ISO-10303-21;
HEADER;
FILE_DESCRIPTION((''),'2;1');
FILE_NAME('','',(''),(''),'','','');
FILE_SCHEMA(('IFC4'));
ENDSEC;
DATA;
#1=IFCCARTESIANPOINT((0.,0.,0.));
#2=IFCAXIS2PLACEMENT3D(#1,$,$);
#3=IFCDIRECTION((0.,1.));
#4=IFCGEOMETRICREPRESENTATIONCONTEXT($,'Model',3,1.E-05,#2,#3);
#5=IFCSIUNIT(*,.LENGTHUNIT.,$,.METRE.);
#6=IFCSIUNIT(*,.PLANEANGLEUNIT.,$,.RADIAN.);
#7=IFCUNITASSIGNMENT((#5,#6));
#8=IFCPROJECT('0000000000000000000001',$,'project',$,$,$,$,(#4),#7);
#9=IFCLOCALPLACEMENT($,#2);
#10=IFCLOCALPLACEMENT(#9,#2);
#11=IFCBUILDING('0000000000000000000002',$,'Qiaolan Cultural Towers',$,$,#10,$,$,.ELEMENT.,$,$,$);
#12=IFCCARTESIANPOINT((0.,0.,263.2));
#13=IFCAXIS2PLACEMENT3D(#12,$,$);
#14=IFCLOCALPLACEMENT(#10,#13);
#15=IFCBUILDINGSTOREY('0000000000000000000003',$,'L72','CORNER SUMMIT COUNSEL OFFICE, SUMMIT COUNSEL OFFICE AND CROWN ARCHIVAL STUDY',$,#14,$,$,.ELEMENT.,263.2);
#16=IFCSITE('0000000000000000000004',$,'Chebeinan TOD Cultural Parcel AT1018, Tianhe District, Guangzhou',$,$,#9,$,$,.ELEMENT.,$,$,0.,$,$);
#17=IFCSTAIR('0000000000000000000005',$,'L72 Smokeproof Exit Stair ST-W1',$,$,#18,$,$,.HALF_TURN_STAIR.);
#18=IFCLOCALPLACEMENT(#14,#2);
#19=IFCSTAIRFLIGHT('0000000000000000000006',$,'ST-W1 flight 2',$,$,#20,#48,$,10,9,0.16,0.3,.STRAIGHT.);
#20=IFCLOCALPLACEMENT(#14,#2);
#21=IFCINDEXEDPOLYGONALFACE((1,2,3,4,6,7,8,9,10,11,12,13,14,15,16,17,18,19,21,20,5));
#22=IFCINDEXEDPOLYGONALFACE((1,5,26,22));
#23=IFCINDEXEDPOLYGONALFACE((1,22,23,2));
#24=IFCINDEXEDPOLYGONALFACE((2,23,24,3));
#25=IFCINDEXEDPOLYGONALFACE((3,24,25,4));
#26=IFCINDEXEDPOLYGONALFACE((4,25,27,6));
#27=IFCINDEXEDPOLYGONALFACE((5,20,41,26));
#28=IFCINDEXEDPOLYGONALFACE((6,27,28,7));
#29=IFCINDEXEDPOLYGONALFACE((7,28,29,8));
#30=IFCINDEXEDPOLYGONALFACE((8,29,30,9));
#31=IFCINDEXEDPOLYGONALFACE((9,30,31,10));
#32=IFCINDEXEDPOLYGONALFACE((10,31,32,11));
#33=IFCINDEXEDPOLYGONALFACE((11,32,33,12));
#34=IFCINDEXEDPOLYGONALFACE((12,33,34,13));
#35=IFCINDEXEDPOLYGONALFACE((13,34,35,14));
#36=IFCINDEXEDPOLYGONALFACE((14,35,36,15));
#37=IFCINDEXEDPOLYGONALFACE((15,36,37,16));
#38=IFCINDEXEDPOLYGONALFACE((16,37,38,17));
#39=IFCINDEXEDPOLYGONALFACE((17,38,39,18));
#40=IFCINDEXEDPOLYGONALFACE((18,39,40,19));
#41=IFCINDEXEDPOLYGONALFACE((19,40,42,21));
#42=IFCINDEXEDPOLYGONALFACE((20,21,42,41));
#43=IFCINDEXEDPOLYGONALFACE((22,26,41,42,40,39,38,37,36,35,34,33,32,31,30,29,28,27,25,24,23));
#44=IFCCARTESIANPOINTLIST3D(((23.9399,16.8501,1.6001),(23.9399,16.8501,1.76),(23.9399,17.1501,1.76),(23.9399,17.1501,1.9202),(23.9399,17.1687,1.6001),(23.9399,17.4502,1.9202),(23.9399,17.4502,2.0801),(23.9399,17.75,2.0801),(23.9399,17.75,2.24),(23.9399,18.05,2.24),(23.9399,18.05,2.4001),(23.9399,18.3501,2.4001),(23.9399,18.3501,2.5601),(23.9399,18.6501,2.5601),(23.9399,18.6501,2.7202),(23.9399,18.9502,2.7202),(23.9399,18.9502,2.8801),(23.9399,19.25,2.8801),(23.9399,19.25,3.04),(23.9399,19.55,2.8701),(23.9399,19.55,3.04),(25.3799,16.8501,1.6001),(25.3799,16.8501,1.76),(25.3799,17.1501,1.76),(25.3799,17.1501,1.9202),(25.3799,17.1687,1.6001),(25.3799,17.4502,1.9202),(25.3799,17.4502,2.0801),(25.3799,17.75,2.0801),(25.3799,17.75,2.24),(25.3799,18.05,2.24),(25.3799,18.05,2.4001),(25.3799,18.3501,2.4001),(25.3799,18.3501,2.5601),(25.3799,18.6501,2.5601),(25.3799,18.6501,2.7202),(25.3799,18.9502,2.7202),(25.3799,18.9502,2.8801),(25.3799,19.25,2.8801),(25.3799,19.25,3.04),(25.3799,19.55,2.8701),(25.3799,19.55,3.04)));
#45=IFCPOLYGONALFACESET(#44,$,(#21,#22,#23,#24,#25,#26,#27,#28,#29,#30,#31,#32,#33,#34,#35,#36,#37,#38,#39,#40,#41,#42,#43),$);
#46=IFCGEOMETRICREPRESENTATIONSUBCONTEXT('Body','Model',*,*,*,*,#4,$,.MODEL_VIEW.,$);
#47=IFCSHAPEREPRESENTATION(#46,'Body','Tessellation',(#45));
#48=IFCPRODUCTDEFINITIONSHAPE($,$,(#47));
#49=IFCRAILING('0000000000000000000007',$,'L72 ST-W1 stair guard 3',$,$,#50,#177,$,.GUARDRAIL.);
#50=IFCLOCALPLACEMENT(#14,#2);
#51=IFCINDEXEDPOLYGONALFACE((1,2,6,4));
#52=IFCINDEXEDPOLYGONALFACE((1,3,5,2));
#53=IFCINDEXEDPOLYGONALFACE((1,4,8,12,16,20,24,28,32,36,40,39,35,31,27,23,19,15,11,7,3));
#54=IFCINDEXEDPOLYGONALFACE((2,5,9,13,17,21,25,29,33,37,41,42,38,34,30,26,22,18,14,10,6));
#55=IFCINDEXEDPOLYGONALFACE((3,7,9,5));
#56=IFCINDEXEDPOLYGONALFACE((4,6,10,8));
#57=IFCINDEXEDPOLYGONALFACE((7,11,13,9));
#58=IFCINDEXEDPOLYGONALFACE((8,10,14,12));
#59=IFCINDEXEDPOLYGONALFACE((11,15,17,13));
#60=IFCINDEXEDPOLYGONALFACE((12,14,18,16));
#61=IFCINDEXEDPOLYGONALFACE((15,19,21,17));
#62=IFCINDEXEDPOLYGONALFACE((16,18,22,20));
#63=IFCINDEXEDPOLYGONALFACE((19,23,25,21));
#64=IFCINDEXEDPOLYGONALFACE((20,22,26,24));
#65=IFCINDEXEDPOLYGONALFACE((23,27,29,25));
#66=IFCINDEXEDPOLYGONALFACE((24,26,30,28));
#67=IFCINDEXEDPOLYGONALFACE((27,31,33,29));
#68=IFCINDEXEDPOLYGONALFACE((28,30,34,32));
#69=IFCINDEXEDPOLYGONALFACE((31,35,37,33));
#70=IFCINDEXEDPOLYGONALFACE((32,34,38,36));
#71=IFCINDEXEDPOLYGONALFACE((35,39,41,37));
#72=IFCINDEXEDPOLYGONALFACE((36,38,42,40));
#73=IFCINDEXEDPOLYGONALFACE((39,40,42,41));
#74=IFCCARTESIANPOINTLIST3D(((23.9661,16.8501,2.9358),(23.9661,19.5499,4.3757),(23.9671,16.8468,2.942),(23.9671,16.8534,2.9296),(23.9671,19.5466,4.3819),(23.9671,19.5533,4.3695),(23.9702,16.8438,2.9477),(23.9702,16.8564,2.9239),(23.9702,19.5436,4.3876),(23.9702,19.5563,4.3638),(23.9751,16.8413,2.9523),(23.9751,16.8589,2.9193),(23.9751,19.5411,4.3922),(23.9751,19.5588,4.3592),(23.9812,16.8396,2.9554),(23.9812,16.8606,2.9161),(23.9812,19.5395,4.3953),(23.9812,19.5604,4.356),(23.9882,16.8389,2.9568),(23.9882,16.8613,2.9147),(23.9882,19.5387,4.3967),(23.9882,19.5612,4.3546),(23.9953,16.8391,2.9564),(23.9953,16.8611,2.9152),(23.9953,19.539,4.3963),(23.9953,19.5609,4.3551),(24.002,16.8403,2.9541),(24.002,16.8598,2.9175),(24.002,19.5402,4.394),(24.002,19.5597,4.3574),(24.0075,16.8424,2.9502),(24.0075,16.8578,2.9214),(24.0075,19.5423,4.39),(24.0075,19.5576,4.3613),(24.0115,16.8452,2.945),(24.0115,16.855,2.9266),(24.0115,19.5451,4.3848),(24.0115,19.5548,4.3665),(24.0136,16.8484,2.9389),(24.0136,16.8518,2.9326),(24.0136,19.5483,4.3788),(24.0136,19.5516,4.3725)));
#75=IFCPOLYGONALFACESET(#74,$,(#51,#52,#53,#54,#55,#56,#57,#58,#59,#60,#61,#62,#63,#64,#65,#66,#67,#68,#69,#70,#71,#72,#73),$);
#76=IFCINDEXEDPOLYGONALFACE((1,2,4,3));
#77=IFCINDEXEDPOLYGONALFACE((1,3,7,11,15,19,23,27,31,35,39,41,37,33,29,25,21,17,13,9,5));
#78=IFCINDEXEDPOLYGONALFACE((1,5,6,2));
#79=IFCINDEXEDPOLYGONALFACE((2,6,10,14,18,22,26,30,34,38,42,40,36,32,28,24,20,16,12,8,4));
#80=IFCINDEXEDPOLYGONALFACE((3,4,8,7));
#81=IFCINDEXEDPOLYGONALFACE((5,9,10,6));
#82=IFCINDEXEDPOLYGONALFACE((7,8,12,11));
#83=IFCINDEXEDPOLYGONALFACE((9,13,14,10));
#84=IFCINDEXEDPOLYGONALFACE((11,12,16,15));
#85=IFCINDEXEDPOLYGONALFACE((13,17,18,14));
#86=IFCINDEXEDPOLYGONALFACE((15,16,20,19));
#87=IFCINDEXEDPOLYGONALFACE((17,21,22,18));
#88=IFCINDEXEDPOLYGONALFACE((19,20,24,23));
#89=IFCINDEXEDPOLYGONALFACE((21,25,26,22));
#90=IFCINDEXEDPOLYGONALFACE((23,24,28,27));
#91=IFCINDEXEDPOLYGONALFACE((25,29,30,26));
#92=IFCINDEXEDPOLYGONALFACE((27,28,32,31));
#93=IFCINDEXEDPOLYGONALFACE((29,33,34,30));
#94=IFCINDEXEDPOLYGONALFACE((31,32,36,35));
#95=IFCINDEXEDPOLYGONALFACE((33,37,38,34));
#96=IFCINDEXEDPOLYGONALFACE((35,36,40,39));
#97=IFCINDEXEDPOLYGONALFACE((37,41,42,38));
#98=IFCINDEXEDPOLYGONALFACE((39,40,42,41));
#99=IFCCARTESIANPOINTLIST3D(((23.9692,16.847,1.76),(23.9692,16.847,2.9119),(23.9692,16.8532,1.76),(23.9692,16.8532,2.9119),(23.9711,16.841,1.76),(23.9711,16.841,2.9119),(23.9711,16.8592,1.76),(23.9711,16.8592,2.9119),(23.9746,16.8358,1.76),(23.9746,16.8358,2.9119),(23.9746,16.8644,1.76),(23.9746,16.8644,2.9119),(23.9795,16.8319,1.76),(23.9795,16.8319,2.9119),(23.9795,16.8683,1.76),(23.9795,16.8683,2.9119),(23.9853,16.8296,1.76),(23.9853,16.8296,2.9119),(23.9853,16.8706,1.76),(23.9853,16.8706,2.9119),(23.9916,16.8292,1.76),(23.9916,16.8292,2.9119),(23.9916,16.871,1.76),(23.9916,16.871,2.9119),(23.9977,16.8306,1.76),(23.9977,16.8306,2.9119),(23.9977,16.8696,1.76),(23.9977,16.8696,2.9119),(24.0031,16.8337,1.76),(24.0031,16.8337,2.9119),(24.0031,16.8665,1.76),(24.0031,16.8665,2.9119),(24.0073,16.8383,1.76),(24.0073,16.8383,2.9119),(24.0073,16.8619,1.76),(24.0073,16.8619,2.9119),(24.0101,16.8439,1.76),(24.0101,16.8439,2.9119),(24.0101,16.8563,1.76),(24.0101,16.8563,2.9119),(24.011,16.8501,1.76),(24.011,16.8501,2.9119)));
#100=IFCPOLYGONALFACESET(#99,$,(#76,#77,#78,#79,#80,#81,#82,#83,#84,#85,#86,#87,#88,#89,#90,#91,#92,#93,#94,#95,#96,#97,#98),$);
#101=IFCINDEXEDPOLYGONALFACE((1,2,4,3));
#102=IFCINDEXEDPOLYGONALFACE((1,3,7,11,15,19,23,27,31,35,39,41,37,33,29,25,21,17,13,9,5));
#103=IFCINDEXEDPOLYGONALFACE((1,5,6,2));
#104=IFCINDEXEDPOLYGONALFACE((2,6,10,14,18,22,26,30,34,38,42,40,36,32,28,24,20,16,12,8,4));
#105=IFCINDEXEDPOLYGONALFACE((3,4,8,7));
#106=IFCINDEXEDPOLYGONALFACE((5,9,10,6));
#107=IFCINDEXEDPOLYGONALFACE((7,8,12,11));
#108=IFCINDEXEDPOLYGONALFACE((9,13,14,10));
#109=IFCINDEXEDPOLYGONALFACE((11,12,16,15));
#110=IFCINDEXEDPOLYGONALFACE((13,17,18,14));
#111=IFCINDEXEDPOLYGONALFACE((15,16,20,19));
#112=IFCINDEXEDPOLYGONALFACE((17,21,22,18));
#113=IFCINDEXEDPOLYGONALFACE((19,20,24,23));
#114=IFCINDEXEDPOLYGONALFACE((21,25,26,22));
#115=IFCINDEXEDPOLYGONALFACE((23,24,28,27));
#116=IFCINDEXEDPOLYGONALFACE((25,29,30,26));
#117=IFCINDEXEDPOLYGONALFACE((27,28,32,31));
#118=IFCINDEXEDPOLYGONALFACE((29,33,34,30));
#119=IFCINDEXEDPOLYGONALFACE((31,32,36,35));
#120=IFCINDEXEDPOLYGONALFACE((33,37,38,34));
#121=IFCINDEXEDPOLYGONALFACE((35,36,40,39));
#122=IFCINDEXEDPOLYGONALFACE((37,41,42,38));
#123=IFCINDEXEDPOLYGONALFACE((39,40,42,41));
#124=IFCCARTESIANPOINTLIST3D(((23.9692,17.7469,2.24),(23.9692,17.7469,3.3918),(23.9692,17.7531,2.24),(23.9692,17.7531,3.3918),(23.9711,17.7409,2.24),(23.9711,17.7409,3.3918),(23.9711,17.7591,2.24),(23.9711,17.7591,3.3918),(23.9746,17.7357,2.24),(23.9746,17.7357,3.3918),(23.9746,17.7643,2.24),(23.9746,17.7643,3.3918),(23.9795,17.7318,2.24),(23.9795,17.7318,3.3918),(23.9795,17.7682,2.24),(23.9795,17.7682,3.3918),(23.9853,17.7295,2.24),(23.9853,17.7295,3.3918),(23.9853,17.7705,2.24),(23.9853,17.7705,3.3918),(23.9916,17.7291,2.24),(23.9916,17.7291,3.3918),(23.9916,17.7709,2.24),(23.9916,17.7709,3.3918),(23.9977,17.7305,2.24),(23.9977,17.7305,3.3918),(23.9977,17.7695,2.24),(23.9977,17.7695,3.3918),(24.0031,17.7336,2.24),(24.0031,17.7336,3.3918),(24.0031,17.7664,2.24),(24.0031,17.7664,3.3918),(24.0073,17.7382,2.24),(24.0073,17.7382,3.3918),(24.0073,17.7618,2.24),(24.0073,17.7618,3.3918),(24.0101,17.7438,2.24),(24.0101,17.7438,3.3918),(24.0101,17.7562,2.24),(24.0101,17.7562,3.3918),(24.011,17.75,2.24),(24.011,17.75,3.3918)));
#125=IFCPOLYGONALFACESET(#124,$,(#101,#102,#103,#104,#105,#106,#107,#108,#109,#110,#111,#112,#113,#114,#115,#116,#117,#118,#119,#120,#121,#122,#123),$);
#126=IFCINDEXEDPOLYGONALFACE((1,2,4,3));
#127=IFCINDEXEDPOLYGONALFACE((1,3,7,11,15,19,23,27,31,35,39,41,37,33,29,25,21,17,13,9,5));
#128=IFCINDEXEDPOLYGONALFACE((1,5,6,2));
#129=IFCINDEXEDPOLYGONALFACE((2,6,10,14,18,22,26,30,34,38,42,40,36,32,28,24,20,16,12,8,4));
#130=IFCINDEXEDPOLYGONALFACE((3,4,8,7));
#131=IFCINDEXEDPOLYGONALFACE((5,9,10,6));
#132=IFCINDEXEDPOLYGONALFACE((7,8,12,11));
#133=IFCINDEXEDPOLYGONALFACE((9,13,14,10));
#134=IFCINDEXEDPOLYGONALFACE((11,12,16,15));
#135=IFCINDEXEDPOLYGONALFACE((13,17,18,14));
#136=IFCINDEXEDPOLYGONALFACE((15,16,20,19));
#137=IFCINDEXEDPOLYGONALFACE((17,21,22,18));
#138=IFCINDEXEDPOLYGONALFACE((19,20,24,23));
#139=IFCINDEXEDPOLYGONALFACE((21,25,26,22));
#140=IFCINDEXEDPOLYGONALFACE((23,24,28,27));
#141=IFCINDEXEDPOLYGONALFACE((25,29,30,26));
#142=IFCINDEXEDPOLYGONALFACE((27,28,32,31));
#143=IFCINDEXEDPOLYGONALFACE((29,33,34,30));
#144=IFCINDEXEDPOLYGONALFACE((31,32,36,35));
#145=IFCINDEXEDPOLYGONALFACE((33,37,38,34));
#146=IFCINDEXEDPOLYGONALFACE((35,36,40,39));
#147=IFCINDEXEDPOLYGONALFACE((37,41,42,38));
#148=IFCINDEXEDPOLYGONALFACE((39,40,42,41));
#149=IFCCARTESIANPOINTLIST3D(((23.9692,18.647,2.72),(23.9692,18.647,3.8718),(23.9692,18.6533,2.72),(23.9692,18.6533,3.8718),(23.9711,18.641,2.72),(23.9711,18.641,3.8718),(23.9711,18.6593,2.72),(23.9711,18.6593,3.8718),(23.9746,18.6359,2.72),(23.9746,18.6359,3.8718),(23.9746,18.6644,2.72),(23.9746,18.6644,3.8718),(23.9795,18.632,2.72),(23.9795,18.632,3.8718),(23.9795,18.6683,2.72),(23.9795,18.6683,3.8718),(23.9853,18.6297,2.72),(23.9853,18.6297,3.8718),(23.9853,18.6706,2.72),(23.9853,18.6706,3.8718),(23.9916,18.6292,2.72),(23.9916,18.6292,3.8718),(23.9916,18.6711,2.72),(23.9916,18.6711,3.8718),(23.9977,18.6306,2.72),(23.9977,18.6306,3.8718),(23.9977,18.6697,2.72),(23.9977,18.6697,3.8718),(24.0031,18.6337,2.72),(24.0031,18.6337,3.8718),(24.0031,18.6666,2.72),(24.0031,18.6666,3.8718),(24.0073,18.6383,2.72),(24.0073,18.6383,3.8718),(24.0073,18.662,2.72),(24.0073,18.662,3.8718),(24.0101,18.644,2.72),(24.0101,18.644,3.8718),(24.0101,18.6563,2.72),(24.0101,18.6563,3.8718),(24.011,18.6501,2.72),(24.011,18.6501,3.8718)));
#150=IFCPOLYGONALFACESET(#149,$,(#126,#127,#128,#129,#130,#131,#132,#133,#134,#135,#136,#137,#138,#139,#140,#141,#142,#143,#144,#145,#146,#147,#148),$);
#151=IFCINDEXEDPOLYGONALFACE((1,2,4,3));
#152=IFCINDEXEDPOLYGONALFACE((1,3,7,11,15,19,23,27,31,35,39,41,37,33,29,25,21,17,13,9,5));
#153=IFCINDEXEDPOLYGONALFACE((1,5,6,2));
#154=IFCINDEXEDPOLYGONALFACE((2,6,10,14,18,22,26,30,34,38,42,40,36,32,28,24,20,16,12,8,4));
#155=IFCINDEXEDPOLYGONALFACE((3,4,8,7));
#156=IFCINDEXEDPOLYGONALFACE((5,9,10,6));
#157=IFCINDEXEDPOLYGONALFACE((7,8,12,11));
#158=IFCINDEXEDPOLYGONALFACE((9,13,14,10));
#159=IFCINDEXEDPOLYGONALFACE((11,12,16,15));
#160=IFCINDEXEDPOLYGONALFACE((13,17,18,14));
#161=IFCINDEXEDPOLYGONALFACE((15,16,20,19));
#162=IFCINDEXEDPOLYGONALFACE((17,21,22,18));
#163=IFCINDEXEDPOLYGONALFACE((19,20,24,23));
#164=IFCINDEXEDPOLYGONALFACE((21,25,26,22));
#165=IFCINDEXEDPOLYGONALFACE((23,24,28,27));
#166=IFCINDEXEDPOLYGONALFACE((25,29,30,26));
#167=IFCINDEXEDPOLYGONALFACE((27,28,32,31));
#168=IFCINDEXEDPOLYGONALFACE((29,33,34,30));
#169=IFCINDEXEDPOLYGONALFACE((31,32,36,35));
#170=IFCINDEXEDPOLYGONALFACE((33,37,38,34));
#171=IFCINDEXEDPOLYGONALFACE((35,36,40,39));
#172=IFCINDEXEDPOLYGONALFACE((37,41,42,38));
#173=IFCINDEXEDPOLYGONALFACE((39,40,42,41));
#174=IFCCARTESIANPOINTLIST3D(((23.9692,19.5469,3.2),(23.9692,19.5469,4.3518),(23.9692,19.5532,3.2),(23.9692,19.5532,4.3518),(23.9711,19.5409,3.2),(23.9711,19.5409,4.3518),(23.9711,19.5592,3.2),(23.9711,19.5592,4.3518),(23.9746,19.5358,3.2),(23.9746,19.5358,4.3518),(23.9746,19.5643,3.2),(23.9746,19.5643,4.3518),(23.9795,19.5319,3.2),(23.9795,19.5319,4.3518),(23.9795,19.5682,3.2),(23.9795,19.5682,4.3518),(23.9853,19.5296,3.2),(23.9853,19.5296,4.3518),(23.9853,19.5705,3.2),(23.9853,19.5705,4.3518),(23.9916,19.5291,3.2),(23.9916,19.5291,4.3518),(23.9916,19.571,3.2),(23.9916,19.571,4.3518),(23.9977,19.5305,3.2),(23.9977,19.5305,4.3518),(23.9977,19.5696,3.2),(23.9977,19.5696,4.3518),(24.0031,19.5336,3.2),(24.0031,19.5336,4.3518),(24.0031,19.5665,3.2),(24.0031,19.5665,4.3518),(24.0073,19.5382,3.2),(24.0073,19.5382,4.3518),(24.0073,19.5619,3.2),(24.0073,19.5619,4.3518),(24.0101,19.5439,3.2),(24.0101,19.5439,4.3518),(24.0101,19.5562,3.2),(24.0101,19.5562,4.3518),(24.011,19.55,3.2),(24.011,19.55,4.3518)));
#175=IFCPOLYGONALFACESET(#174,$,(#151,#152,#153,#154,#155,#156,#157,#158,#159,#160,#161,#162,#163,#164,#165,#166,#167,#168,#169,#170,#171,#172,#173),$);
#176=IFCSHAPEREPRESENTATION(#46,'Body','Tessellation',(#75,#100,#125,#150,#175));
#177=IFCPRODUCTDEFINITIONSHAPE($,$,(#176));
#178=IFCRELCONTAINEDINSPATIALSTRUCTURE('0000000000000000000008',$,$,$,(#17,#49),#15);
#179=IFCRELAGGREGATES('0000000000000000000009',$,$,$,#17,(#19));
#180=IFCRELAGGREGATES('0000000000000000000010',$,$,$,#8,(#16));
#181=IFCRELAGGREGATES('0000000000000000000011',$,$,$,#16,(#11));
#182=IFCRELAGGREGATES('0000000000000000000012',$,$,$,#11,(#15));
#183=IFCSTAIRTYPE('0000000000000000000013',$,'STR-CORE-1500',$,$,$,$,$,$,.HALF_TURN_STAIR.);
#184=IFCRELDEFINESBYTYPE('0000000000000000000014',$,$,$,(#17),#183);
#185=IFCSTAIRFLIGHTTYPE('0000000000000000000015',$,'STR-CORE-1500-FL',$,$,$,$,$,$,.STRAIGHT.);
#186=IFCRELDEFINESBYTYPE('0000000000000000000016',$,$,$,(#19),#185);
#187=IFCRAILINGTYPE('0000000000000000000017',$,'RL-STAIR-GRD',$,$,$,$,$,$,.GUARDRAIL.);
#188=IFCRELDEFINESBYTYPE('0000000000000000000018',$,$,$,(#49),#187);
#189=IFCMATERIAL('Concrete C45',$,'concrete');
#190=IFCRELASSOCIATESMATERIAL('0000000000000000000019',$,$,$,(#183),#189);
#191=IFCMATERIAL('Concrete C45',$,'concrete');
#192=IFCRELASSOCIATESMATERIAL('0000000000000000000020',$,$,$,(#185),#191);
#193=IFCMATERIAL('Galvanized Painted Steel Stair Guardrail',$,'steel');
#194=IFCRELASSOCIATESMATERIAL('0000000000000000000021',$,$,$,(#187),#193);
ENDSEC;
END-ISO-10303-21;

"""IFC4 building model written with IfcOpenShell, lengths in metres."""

from ifc_helpers import new_model, si_unit, direction, frame, origin, origin_2d, place, context, subcontext, project, spatial, polyline, circle, outline, extrude, material, type_object, element, aggregate, save


model = new_model("IFC4")

# Units and contexts
model_context = context("Model", 3, precision=1e-05, world=origin(), true_north=direction((0.0, 1.0)))
body_context = subcontext(model_context, "Body", "Model", "MODEL_VIEW")
ifc_project = project(units=[si_unit("LENGTHUNIT", "METRE"), si_unit("PLANEANGLEUNIT", "RADIAN")], contexts=[model_context])

# Site, building, storey
site_placement = place(None, origin())
site = spatial("IfcSite", under=ifc_project, at=site_placement, Name="Chebeinan TOD Cultural Parcel AT1018, Tianhe District, Guangzhou", CompositionType="ELEMENT", RefElevation=0.0)
building_placement = place(site_placement, origin())
building = spatial("IfcBuilding", under=site, at=building_placement, Name="Qiaolan Cultural Towers", CompositionType="ELEMENT")
storey_placement = place(building_placement, frame((0.0, 0.0, 263.2)))
storey = spatial("IfcBuildingStorey", under=building, at=storey_placement, Name="L72", Description="CORNER SUMMIT COUNSEL OFFICE, SUMMIT COUNSEL OFFICE AND CROWN ARCHIVAL STUDY", CompositionType="ELEMENT", Elevation=263.2)

# Stair, stair flight
ifc_material_1 = material(Name="Concrete C45", Category="concrete")
stair_type = type_object("IfcStairType", Name="STR-CORE-1500", PredefinedType="HALF_TURN_STAIR", material=ifc_material_1)
stair_placement = place(storey_placement, origin())
stair = element("IfcStair", 1, at=stair_placement, inside=storey, type_object=stair_type, Name="L72 Smokeproof Exit Stair ST-W1", PredefinedType="HALF_TURN_STAIR")
ifc_material_2 = material(Name="Concrete C45", Category="concrete")
stair_flight_type = type_object("IfcStairFlightType", Name="STR-CORE-1500-FL", PredefinedType="STRAIGHT", material=ifc_material_2)
stair_flight_placement = place(storey_placement, frame((24.6599, 16.8501, 1.6001), z_axis=(0.0, 0.0, 1.0), x_axis=(0.0, 1.0, 0.0)))
stair_flight = element("IfcStairFlight", 2, at=stair_flight_placement, type_object=stair_flight_type, Name="ST-W1 flight 2", NumberOfRisers=10, NumberOfTreads=9, PredefinedType="STRAIGHT", RiserHeight=0.16, TreadLength=0.3, context=body_context, shape_type="SweptSolid", body=[
    extrude(outline(polyline([(0.0, 0.0), (0.0, 0.1599), (0.3, 0.1599), (0.3, 0.3201), (0.6001, 0.3201), (0.6001, 0.48), (0.8999, 0.48), (0.8999, 0.6399), (1.2, 0.6399), (1.2, 0.8), (1.5, 0.8), (1.5, 0.96), (1.8, 0.96), (1.8, 1.1201), (2.1001, 1.1201), (2.1001, 1.28), (2.3999, 1.28), (2.3999, 1.4399), (2.7, 1.4399), (2.7, 1.6001), (2.7, 1.27), (0.3186, 0.0), (0.0, 0.0)])), frame((0.0, 0.72, 0.0), z_axis=(0.0, -1.0, 0.0), x_axis=(1.0, 0.0, 0.0)), (0.0, 0.0, 1.0), 1.4399),
])
aggregate(stair, [stair_flight])

# Railing
ifc_material_3 = material(Name="Galvanized Painted Steel Stair Guardrail", Category="steel")
railing_type_1 = type_object("IfcRailingType", Name="RL-STAIR-GRD", PredefinedType="GUARDRAIL", material=ifc_material_3)
railing_1_placement = place(storey_placement, frame((23.99, 16.8501, 1.76)))
element("IfcRailing", 3, at=railing_1_placement, inside=storey, type_object=railing_type_1, Name="L72 ST-W1 stair guard 3", PredefinedType="GUARDRAIL", context=body_context, shape_type="SweptSolid", body=[
    extrude(circle(Radius=0.0239, at=origin_2d()), frame((0.0, 0.0, 1.1758), z_axis=(0.0, 0.882357, 0.47058), x_axis=(-1.0, 0.0, 0.0)), (0.0, 0.0, 1.0), 3.0598),
    extrude(circle(Radius=0.021, at=origin_2d()), origin(), (0.0, 0.0, 1.0), 1.1519),
    extrude(circle(Radius=0.021, at=origin_2d()), frame((0.0, 0.8999, 0.48)), (0.0, 0.0, 1.0), 1.1519),
    extrude(circle(Radius=0.021, at=origin_2d()), frame((0.0, 1.8, 0.96)), (0.0, 0.0, 1.0), 1.1519),
    extrude(circle(Radius=0.021, at=origin_2d()), frame((0.0, 2.7, 1.4399)), (0.0, 0.0, 1.0), 1.1519),
])

save(model, "model.ifc")
